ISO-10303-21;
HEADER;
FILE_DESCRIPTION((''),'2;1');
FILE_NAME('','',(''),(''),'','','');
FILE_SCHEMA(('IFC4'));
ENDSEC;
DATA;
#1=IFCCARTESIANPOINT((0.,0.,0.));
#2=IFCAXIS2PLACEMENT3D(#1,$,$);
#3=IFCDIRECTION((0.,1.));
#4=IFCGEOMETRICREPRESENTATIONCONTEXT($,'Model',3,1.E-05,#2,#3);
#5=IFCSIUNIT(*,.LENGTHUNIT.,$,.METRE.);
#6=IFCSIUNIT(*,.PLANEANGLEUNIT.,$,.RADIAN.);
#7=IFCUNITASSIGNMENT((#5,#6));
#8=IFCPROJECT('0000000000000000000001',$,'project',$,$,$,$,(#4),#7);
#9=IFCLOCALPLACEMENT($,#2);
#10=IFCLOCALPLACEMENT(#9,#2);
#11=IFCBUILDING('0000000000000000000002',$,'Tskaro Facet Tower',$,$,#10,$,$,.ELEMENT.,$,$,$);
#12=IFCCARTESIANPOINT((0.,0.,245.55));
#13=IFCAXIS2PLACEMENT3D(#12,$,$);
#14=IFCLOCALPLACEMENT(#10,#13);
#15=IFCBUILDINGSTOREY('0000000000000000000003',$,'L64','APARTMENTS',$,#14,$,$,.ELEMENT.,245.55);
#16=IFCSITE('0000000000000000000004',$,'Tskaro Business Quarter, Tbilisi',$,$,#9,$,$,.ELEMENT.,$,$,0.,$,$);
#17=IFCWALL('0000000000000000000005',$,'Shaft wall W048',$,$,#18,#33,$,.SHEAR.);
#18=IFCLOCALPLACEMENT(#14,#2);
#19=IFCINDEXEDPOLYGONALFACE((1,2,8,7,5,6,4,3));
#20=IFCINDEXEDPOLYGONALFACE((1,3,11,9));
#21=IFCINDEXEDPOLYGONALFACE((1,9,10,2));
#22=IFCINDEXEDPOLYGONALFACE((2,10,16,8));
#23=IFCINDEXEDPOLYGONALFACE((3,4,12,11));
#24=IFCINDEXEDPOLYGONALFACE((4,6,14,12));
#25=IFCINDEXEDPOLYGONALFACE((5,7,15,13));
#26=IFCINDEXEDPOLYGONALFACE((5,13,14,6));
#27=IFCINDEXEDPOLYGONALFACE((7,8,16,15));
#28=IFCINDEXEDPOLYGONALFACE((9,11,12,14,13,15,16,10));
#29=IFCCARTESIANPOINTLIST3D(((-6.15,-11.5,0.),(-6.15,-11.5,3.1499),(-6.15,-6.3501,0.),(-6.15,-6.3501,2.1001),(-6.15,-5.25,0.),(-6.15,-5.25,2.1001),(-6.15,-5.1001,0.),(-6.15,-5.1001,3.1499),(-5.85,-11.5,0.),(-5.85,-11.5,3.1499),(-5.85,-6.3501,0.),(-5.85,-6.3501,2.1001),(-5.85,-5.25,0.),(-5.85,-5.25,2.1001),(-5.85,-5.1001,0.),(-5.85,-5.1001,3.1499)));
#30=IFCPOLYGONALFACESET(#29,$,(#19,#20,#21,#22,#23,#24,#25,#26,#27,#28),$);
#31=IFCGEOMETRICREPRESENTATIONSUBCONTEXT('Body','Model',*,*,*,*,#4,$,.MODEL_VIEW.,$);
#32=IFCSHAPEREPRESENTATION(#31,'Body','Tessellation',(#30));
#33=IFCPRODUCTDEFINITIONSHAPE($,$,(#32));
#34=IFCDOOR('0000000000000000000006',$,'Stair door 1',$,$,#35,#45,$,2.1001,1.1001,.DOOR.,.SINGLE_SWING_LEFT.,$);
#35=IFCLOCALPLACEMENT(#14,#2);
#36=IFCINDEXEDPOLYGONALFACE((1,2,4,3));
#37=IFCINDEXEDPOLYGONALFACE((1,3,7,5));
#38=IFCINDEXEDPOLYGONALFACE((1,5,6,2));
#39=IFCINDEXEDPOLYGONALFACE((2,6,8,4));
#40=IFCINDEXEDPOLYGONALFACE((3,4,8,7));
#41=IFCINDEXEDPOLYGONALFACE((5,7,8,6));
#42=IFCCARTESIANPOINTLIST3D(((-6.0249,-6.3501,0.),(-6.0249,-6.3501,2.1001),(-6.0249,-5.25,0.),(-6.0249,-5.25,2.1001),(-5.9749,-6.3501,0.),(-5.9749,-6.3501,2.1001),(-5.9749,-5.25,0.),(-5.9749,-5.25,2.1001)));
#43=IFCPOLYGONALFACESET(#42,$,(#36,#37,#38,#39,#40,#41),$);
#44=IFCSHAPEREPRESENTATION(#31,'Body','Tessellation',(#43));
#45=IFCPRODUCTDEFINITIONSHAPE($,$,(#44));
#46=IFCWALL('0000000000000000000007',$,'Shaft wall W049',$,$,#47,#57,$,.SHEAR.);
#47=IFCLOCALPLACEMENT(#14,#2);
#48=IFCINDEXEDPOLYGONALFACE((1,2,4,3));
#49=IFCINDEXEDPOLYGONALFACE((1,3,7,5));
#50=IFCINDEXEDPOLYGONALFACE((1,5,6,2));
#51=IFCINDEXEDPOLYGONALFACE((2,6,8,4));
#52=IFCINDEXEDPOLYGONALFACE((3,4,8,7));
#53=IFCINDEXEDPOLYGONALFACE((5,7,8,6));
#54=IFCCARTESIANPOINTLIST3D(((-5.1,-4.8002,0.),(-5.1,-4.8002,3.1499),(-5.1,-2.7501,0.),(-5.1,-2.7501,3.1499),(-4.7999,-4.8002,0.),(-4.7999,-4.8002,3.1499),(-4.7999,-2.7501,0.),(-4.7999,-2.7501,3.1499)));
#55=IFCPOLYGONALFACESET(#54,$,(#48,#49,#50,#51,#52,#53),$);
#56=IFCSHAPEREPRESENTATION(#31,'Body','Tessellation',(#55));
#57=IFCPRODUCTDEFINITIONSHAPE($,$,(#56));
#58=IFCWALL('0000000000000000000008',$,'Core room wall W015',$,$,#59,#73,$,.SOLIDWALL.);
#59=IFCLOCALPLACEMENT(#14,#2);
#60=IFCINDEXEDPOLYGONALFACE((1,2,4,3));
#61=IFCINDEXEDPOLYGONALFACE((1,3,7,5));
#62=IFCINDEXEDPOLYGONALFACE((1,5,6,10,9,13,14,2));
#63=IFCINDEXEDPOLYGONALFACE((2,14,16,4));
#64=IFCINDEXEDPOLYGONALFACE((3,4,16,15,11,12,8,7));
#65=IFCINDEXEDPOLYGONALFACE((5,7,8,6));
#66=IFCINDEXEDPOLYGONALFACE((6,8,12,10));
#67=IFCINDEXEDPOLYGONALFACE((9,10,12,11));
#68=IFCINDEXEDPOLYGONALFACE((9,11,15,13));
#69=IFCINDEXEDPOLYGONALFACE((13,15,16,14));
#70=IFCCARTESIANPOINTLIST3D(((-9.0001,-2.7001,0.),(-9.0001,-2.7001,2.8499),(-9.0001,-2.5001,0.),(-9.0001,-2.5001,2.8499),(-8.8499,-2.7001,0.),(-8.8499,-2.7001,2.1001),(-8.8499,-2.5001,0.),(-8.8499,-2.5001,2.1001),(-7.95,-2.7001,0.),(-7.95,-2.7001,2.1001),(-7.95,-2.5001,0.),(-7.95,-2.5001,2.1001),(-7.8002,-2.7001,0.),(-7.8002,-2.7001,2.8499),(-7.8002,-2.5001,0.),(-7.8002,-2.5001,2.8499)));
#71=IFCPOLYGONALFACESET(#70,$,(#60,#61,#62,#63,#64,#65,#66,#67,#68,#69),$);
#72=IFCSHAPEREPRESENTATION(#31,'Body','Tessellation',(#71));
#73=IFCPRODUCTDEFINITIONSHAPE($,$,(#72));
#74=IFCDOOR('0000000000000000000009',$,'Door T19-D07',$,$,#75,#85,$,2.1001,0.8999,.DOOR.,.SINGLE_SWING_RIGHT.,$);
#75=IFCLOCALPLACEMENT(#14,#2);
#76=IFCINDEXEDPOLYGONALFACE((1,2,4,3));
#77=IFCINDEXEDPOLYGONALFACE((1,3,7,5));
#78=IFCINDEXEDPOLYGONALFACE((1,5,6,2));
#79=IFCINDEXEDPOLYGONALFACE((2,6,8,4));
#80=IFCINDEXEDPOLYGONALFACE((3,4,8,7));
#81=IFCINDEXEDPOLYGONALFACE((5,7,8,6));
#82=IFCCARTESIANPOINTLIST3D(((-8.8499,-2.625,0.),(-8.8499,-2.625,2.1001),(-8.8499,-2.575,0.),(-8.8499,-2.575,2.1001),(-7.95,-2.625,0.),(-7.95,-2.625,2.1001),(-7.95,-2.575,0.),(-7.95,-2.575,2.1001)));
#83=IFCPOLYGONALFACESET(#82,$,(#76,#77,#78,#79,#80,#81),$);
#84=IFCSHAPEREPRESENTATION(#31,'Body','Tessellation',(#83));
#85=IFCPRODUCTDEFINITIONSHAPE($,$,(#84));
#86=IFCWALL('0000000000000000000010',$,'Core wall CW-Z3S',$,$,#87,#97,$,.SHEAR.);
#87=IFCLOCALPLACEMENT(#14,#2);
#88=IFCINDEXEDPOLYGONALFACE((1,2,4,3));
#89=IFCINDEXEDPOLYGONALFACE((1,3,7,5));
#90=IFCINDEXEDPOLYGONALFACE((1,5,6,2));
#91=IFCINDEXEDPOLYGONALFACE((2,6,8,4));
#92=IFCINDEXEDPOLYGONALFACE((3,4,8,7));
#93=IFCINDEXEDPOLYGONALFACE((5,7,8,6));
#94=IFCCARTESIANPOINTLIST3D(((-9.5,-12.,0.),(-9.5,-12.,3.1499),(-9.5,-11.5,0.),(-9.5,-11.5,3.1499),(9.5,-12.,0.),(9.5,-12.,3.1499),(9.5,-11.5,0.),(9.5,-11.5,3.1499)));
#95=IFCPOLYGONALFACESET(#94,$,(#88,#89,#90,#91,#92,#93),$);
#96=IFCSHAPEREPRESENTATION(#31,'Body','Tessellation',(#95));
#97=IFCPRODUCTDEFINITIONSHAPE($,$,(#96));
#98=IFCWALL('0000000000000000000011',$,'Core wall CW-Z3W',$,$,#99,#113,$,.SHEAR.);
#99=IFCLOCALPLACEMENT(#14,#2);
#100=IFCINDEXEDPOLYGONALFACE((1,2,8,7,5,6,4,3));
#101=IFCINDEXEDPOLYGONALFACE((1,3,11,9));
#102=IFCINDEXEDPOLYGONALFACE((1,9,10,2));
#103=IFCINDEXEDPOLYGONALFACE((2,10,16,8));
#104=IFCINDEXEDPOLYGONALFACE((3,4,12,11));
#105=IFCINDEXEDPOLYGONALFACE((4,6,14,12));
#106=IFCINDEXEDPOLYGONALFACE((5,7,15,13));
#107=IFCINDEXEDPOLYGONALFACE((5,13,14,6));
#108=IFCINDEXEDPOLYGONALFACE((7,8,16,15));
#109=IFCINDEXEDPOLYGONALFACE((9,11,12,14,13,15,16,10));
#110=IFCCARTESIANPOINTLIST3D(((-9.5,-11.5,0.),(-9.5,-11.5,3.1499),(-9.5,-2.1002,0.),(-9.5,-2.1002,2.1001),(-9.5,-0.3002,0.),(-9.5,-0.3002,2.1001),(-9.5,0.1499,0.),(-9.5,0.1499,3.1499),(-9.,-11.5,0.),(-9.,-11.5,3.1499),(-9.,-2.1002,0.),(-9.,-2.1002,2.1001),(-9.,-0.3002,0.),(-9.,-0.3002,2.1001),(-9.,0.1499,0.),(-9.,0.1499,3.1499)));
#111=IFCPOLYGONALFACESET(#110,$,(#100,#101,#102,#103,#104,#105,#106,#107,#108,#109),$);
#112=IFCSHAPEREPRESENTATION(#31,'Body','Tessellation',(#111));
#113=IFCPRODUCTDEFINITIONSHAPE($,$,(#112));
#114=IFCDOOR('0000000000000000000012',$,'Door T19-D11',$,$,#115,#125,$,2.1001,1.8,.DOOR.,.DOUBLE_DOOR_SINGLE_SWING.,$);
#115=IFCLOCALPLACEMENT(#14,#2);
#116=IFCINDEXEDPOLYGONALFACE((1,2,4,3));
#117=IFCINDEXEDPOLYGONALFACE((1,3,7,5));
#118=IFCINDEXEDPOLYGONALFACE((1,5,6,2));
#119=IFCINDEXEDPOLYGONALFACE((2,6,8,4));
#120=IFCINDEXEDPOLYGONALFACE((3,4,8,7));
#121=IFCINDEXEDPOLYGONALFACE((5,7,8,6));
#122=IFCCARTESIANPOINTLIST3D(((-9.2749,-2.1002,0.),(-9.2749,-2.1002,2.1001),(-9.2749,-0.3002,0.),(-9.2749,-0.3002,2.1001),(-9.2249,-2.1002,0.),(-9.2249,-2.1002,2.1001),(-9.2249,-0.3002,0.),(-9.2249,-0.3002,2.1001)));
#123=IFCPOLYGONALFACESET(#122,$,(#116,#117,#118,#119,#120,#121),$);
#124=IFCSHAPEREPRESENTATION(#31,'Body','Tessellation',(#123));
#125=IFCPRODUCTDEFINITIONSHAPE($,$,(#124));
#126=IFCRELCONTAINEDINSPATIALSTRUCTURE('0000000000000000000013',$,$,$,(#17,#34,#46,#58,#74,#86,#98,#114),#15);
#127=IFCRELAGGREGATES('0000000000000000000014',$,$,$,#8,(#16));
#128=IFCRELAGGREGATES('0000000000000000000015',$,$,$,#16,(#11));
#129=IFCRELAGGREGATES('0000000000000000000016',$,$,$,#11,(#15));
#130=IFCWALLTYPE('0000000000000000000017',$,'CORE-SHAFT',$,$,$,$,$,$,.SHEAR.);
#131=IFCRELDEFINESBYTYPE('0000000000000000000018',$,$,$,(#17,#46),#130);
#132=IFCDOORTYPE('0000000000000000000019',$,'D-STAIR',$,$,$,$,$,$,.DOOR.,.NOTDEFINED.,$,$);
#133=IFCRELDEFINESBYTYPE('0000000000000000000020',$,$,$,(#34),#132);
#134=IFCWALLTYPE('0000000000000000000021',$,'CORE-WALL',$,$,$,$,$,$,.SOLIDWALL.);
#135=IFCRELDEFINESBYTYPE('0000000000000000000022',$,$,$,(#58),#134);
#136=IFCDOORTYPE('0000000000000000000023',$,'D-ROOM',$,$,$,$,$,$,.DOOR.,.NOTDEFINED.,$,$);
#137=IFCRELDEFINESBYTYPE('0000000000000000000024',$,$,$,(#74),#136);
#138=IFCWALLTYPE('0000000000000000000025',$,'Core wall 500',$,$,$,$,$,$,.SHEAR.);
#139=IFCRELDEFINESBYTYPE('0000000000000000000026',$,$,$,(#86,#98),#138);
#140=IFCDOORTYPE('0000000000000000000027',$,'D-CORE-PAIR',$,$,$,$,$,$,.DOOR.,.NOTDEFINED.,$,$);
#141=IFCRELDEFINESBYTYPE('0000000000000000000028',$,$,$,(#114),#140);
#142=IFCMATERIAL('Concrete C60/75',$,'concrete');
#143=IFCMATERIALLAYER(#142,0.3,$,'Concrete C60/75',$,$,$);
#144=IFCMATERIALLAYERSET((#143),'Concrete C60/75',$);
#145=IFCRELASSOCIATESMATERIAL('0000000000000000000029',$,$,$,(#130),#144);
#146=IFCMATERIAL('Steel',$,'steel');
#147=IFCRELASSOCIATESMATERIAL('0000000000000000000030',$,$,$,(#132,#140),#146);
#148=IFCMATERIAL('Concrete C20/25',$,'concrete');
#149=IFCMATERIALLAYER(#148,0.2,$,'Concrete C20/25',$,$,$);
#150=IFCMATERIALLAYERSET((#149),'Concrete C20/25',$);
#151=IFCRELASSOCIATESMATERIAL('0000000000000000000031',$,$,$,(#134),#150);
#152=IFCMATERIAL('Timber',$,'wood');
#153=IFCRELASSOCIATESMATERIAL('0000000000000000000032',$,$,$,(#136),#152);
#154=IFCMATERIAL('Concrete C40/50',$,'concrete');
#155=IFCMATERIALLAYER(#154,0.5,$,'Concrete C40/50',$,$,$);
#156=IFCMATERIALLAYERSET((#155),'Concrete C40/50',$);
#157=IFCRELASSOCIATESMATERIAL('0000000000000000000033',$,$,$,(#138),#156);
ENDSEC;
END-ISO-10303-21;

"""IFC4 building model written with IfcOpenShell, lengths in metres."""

from ifc_helpers import new_model, si_unit, direction, frame, frame_2d, origin, place, context, subcontext, project, spatial, rectangle, extrude, material, layer, layer_set, type_object, element, fill, save


model = new_model("IFC4")

# Units and contexts
model_context = context("Model", 3, precision=1e-05, world=origin(), true_north=direction((0.0, 1.0)))
body_context = subcontext(model_context, "Body", "Model", "MODEL_VIEW")
ifc_project = project(units=[si_unit("LENGTHUNIT", "METRE"), si_unit("PLANEANGLEUNIT", "RADIAN")], contexts=[model_context])

# Site, building, storey
site_placement = place(None, origin())
site = spatial("IfcSite", under=ifc_project, at=site_placement, Name="Tskaro Business Quarter, Tbilisi", CompositionType="ELEMENT", RefElevation=0.0)
building_placement = place(site_placement, origin())
building = spatial("IfcBuilding", under=site, at=building_placement, Name="Tskaro Facet Tower", CompositionType="ELEMENT")
storey_placement = place(building_placement, frame((0.0, 0.0, 245.55)))
storey = spatial("IfcBuildingStorey", under=building, at=storey_placement, Name="L64", Description="APARTMENTS", CompositionType="ELEMENT", Elevation=245.55)

# Shared definitions
ifc_material_1 = material(Name="Concrete C60/75", Category="concrete")
ifc_layer_1 = layer(ifc_material_1, 0.3, Name="Concrete C60/75")
ifc_layer_set_1 = layer_set([ifc_layer_1], Name="Concrete C60/75")
wall_type_1 = type_object("IfcWallType", Name="CORE-SHAFT", PredefinedType="SHEAR", material=ifc_layer_set_1)

# Wall, opening, door
wall_1_placement = place(storey_placement, frame((-6.0, -11.5, 0.0), z_axis=(0.0, 0.0, 1.0), x_axis=(0.0, 1.0, 0.0)))
wall_1 = element("IfcWall", 1, at=wall_1_placement, inside=storey, type_object=wall_type_1, Name="Shaft wall W048", PredefinedType="SHEAR", context=body_context, shape_type="SweptSolid", body=[
    extrude(rectangle(XDim=6.3999, YDim=0.3, at=frame_2d((3.2, 0.0))), origin(), (0.0, 0.0, 1.0), 3.1499),
])
opening_1_placement = place(wall_1_placement, frame((5.1499, 0.0, 0.0)))
opening_1 = element("IfcOpeningElement", 2, at=opening_1_placement, cuts=wall_1, PredefinedType="OPENING", context=body_context, shape_type="SweptSolid", body=[
    extrude(rectangle(XDim=1.1001, YDim=2.1001, at=frame_2d((0.55, 1.05))), frame((0.0, 0.1599, 0.0), z_axis=(0.0, -1.0, 0.0), x_axis=(1.0, 0.0, 0.0)), (0.0, 0.0, 1.0), 0.3201),
])
ifc_material_2 = material(Name="Steel", Category="steel")
door_type_1 = type_object("IfcDoorType", Name="D-STAIR", OperationType="NOTDEFINED", PredefinedType="DOOR", material=ifc_material_2)
door_1_placement = place(opening_1_placement, origin())
door_1 = element("IfcDoor", 3, at=door_1_placement, inside=storey, type_object=door_type_1, Name="Stair door 1", OperationType="SINGLE_SWING_LEFT", OverallHeight=2.1001, OverallWidth=1.1001, PredefinedType="DOOR", context=body_context, shape_type="SweptSolid", body=[
    extrude(rectangle(XDim=1.1001, YDim=2.1001, at=frame_2d((0.55, 1.05))), frame((0.0, 0.0249, 0.0), z_axis=(0.0, -1.0, 0.0), x_axis=(1.0, 0.0, 0.0)), (0.0, 0.0, 1.0), 0.05),
])
fill(opening_1, door_1)

# Wall
wall_2_placement = place(storey_placement, frame((-4.95, -4.8, 0.0), z_axis=(0.0, 0.0, 1.0), x_axis=(0.0, 1.0, 0.0)))
element("IfcWall", 4, at=wall_2_placement, inside=storey, type_object=wall_type_1, Name="Shaft wall W049", PredefinedType="SHEAR", context=body_context, shape_type="SweptSolid", body=[
    extrude(rectangle(XDim=2.05, YDim=0.3, at=frame_2d((1.0249, 0.0))), origin(), (0.0, 0.0, 1.0), 3.1499),
])

# Wall, opening, door
ifc_material_3 = material(Name="Concrete C20/25", Category="concrete")
ifc_layer_2 = layer(ifc_material_3, 0.2, Name="Concrete C20/25")
ifc_layer_set_2 = layer_set([ifc_layer_2], Name="Concrete C20/25")
wall_type_2 = type_object("IfcWallType", Name="CORE-WALL", PredefinedType="SOLIDWALL", material=ifc_layer_set_2)
wall_3_placement = place(storey_placement, frame((-7.8, -2.6001, 0.0), z_axis=(0.0, 0.0, 1.0), x_axis=(-1.0, 0.0, 0.0)))
wall_3 = element("IfcWall", 5, at=wall_3_placement, inside=storey, type_object=wall_type_2, Name="Core room wall W015", PredefinedType="SOLIDWALL", context=body_context, shape_type="SweptSolid", body=[
    extrude(rectangle(XDim=1.2, YDim=0.2, at=frame_2d((0.6001, 0.0))), origin(), (0.0, 0.0, 1.0), 2.8499),
])
opening_2_placement = place(wall_3_placement, frame((0.1499, 0.0, 0.0)))
opening_2 = element("IfcOpeningElement", 6, at=opening_2_placement, cuts=wall_3, PredefinedType="OPENING", context=body_context, shape_type="SweptSolid", body=[
    extrude(rectangle(XDim=0.8999, YDim=2.1001, at=frame_2d((0.45, 1.05))), frame((0.0, 0.1099, 0.0), z_axis=(0.0, -1.0, 0.0), x_axis=(1.0, 0.0, 0.0)), (0.0, 0.0, 1.0), 0.22),
])
ifc_material_4 = material(Name="Timber", Category="wood")
door_type_2 = type_object("IfcDoorType", Name="D-ROOM", OperationType="NOTDEFINED", PredefinedType="DOOR", material=ifc_material_4)
door_2_placement = place(opening_2_placement, origin())
door_2 = element("IfcDoor", 7, at=door_2_placement, inside=storey, type_object=door_type_2, Name="Door T19-D07", OperationType="SINGLE_SWING_RIGHT", OverallHeight=2.1001, OverallWidth=0.8999, PredefinedType="DOOR", context=body_context, shape_type="SweptSolid", body=[
    extrude(rectangle(XDim=0.8999, YDim=2.1001, at=frame_2d((0.45, 1.05))), frame((0.0, 0.0249, 0.0), z_axis=(0.0, -1.0, 0.0), x_axis=(1.0, 0.0, 0.0)), (0.0, 0.0, 1.0), 0.05),
])
fill(opening_2, door_2)

# Wall
ifc_material_5 = material(Name="Concrete C40/50", Category="concrete")
ifc_layer_3 = layer(ifc_material_5, 0.5, Name="Concrete C40/50")
ifc_layer_set_3 = layer_set([ifc_layer_3], Name="Concrete C40/50")
wall_type_3 = type_object("IfcWallType", Name="Core wall 500", PredefinedType="SHEAR", material=ifc_layer_set_3)
wall_4_placement = place(storey_placement, frame((-9.5, -11.75, 0.0), z_axis=(0.0, 0.0, 1.0), x_axis=(1.0, 0.0, 0.0)))
element("IfcWall", 8, at=wall_4_placement, inside=storey, type_object=wall_type_3, Name="Core wall CW-Z3S", PredefinedType="SHEAR", context=body_context, shape_type="SweptSolid", body=[
    extrude(rectangle(XDim=19.0, YDim=0.5, at=frame_2d((9.5, 0.0))), origin(), (0.0, 0.0, 1.0), 3.1499),
])

# Wall, opening, door
wall_5_placement = place(storey_placement, frame((-9.25, -11.5, 0.0), z_axis=(0.0, 0.0, 1.0), x_axis=(0.0, 1.0, 0.0)))
wall_5 = element("IfcWall", 9, at=wall_5_placement, inside=storey, type_object=wall_type_3, Name="Core wall CW-Z3W", PredefinedType="SHEAR", context=body_context, shape_type="SweptSolid", body=[
    extrude(rectangle(XDim=11.6499, YDim=0.5, at=frame_2d((5.825, 0.0))), origin(), (0.0, 0.0, 1.0), 3.1499),
])
opening_3_placement = place(wall_5_placement, frame((9.3999, 0.0, 0.0)))
opening_3 = element("IfcOpeningElement", 10, at=opening_3_placement, cuts=wall_5, PredefinedType="OPENING", context=body_context, shape_type="SweptSolid", body=[
    extrude(rectangle(XDim=1.8, YDim=2.1001, at=frame_2d((0.8999, 1.05))), frame((0.0, 0.26, 0.0), z_axis=(0.0, -1.0, 0.0), x_axis=(1.0, 0.0, 0.0)), (0.0, 0.0, 1.0), 0.52),
])
door_type_3 = type_object("IfcDoorType", Name="D-CORE-PAIR", OperationType="NOTDEFINED", PredefinedType="DOOR", material=ifc_material_2)
door_3_placement = place(opening_3_placement, origin())
door_3 = element("IfcDoor", 11, at=door_3_placement, inside=storey, type_object=door_type_3, Name="Door T19-D11", OperationType="DOUBLE_DOOR_SINGLE_SWING", OverallHeight=2.1001, OverallWidth=1.8, PredefinedType="DOOR", context=body_context, shape_type="SweptSolid", body=[
    extrude(rectangle(XDim=1.8, YDim=2.1001, at=frame_2d((0.8999, 1.05))), frame((0.0, 0.0249, 0.0), z_axis=(0.0, -1.0, 0.0), x_axis=(1.0, 0.0, 0.0)), (0.0, 0.0, 1.0), 0.05),
])
fill(opening_3, door_3)

save(model, "model.ifc")
